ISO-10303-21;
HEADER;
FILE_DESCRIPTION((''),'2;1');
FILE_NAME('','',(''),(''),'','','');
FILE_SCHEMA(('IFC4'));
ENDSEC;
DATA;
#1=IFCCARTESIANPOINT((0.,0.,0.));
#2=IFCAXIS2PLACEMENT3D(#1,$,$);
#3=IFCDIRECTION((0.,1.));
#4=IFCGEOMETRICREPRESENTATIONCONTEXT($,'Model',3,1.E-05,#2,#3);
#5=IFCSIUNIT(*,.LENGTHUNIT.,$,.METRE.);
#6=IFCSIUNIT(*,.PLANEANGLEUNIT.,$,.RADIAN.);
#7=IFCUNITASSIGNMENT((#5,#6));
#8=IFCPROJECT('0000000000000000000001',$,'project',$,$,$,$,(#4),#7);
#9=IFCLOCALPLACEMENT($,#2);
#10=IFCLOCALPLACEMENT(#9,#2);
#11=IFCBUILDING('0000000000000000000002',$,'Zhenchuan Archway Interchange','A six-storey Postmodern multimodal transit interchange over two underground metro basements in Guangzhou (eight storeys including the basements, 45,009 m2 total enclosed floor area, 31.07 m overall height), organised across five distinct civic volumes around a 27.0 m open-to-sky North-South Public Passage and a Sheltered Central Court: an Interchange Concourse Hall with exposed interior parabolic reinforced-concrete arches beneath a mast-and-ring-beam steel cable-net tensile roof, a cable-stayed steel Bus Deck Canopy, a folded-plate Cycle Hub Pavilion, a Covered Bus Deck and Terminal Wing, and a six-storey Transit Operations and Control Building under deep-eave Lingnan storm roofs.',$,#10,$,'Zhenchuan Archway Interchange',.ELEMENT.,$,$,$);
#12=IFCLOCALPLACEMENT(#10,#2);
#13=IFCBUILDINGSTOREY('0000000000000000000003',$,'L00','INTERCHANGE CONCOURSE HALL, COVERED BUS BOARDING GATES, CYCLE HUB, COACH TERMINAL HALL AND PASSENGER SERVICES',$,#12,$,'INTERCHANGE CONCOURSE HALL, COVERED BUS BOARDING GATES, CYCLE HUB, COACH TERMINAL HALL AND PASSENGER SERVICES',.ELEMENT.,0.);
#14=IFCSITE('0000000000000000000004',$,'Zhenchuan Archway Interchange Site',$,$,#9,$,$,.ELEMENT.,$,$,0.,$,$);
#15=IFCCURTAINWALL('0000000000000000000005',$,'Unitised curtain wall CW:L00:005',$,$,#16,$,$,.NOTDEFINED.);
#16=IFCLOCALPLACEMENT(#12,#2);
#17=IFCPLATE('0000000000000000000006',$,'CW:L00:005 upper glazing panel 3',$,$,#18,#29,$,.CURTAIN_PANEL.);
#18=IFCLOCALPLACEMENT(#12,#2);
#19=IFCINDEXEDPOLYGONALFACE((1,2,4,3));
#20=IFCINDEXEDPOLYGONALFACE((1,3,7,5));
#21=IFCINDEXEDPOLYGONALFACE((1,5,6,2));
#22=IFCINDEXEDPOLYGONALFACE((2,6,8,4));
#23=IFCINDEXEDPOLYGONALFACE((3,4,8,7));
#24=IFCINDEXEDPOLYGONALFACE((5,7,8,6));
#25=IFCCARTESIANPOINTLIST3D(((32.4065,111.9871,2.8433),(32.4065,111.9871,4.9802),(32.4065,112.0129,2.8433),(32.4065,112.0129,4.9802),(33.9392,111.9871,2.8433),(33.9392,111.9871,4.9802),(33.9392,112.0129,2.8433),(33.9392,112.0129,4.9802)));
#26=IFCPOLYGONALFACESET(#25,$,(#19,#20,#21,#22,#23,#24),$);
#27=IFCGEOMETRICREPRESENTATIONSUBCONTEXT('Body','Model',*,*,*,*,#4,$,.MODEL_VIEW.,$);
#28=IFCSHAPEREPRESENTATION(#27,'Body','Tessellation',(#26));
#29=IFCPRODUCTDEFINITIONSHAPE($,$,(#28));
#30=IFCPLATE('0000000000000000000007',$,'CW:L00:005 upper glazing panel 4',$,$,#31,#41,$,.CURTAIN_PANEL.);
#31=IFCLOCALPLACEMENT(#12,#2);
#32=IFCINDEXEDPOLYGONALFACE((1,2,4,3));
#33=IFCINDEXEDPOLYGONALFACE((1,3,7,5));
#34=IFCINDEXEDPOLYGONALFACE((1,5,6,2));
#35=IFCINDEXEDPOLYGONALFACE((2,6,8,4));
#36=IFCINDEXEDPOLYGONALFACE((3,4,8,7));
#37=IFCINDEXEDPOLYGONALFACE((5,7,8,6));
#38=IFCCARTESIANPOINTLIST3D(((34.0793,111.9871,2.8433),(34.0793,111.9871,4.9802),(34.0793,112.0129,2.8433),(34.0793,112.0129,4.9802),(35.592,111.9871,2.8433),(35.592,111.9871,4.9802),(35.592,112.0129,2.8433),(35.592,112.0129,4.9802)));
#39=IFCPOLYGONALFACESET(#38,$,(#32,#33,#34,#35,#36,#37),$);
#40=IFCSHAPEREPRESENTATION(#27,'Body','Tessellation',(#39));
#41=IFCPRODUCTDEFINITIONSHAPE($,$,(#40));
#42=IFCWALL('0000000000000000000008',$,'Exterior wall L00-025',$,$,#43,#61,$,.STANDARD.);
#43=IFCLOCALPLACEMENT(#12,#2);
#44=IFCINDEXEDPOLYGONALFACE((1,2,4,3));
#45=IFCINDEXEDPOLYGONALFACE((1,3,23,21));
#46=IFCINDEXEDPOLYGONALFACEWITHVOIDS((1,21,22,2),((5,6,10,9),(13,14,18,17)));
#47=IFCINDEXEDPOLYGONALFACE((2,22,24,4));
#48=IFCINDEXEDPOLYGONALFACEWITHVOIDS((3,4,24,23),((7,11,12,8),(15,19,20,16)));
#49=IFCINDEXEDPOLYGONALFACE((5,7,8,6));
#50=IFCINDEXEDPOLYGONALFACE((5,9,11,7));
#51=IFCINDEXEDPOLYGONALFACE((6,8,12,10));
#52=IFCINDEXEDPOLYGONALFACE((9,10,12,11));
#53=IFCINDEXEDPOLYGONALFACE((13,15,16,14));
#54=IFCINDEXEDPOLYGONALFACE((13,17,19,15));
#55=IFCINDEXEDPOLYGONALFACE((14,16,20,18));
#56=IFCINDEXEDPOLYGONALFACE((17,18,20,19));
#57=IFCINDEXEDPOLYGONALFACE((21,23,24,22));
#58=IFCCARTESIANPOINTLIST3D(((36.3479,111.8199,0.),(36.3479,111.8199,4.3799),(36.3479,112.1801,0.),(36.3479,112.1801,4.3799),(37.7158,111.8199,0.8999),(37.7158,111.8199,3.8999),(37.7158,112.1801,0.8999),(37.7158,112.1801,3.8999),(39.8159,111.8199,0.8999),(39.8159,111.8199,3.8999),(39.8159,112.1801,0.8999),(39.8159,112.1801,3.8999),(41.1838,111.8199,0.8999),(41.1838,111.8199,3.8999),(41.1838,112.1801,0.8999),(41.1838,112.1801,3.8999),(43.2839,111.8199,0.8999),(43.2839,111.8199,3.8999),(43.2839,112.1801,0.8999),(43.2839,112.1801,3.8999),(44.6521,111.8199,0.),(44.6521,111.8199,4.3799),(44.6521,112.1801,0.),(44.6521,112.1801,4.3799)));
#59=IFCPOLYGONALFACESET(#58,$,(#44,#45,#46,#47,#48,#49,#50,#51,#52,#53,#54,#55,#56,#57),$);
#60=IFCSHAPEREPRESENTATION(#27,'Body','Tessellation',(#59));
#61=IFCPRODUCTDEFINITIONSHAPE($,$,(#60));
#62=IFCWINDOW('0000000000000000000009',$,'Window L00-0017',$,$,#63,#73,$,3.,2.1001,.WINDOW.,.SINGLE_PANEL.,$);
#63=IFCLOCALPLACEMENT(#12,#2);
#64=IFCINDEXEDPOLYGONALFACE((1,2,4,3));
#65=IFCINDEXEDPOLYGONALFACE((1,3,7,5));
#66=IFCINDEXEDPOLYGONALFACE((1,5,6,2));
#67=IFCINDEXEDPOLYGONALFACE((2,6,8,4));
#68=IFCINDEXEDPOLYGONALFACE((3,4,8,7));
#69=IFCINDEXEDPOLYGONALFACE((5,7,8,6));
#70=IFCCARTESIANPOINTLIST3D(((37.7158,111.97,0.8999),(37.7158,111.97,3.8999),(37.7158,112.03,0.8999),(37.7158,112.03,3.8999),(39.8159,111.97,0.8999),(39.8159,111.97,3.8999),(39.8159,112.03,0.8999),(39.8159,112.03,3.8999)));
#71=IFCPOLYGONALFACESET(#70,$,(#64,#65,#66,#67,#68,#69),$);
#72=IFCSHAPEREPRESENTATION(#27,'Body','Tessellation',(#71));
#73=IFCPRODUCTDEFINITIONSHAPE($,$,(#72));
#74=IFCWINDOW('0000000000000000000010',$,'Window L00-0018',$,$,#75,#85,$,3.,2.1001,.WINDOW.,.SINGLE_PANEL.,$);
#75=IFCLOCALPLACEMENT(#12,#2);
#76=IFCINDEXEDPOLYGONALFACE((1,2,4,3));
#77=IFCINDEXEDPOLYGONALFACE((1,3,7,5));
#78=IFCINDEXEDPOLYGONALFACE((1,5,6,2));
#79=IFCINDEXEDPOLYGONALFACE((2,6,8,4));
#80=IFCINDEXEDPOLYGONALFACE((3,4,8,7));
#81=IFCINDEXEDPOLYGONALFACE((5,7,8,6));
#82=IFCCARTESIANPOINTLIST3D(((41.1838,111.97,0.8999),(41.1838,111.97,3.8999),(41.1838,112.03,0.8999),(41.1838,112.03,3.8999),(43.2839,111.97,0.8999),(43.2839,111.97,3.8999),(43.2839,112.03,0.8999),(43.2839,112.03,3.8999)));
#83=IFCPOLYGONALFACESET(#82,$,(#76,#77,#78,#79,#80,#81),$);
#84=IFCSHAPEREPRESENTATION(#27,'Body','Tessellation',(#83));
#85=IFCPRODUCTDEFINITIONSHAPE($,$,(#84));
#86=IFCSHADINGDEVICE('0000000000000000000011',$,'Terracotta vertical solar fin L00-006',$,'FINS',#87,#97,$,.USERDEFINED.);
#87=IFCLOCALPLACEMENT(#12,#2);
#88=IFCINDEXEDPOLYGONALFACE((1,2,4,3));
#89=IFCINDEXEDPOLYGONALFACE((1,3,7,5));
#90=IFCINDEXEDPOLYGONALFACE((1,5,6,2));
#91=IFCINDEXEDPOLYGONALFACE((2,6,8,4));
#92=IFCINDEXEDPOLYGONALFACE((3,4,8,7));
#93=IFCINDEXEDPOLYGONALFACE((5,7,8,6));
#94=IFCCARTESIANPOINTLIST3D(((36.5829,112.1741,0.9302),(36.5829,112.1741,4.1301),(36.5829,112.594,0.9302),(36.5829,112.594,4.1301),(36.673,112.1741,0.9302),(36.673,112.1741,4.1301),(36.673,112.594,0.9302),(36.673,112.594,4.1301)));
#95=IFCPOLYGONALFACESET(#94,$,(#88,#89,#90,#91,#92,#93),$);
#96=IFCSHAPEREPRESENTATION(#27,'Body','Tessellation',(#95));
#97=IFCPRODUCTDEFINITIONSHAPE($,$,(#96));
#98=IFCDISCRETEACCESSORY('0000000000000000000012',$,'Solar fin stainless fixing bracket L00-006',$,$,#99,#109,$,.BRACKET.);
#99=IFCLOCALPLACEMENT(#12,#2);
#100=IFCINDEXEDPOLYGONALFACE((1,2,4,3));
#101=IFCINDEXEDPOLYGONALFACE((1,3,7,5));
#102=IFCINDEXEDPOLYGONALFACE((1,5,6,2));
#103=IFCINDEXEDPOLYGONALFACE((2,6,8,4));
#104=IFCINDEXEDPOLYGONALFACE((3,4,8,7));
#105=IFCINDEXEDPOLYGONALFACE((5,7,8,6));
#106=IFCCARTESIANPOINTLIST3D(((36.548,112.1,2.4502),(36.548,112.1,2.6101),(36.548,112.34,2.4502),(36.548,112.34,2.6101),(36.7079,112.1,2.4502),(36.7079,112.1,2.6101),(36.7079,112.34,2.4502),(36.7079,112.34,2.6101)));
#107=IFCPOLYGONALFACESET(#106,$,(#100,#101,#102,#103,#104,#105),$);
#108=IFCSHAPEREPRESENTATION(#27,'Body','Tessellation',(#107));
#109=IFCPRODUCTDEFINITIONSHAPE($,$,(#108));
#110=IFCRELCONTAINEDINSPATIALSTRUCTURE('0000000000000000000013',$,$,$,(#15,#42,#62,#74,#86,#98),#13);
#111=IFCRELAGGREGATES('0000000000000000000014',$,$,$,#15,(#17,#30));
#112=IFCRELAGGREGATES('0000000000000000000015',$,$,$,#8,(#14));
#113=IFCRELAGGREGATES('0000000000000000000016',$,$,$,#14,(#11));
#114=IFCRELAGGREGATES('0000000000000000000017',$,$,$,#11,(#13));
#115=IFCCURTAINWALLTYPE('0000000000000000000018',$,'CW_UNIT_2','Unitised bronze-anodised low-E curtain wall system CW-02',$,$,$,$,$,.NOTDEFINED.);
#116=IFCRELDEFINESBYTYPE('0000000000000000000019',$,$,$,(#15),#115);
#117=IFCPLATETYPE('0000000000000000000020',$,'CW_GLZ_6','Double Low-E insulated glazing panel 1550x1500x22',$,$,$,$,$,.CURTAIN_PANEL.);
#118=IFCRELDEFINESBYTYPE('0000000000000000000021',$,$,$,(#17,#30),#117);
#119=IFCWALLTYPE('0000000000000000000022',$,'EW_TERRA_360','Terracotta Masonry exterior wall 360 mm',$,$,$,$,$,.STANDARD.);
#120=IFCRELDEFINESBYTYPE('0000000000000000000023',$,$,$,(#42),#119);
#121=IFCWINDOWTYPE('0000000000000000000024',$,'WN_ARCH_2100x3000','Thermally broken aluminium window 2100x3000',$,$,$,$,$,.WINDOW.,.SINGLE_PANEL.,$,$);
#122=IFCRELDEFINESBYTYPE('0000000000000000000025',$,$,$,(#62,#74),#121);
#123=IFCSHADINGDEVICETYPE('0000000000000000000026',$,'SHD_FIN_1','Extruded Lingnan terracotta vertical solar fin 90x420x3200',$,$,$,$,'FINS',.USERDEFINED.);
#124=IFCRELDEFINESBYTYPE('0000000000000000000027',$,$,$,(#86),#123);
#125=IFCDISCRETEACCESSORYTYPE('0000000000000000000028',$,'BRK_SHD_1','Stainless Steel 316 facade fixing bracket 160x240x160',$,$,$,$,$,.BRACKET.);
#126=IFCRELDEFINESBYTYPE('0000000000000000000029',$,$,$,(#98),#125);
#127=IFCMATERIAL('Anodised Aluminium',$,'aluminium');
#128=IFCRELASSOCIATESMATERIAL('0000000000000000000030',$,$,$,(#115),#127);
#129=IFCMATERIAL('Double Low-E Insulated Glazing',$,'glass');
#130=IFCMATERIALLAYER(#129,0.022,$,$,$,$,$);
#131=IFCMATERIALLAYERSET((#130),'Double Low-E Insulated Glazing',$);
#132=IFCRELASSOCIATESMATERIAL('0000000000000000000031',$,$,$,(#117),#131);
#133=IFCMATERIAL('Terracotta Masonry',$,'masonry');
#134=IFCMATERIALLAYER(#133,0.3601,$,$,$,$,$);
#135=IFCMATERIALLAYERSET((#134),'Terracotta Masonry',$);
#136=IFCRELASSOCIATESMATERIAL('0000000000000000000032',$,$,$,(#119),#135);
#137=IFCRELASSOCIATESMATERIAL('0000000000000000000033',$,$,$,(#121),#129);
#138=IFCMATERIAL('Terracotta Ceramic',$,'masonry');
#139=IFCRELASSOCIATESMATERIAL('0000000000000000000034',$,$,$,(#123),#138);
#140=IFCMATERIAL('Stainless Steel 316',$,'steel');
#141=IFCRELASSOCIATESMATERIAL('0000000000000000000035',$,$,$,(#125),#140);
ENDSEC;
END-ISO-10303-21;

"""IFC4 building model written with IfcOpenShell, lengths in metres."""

from ifc_helpers import new_model, si_unit, direction, frame, frame_2d, origin, origin_2d, place, context, subcontext, project, spatial, rectangle, extrude, material, layer, layer_set, type_object, element, fill, aggregate, save


model = new_model("IFC4")

# Units and contexts
model_context = context("Model", 3, precision=1e-05, world=origin(), true_north=direction((0.0, 1.0)))
body_context = subcontext(model_context, "Body", "Model", "MODEL_VIEW")
ifc_project = project(units=[si_unit("LENGTHUNIT", "METRE"), si_unit("PLANEANGLEUNIT", "RADIAN")], contexts=[model_context])

# Site, building, storey
site_placement = place(None, origin())
site = spatial("IfcSite", under=ifc_project, at=site_placement, Name="Zhenchuan Archway Interchange Site", CompositionType="ELEMENT", RefElevation=0.0)
building_placement = place(site_placement, origin())
building = spatial("IfcBuilding", under=site, at=building_placement, Name="Zhenchuan Archway Interchange", Description="A six-storey Postmodern multimodal transit interchange over two underground metro basements in Guangzhou (eight storeys including the basements, 45,009 m2 total enclosed floor area, 31.07 m overall height), organised across five distinct civic volumes around a 27.0 m open-to-sky North-South Public Passage and a Sheltered Central Court: an Interchange Concourse Hall with exposed interior parabolic reinforced-concrete arches beneath a mast-and-ring-beam steel cable-net tensile roof, a cable-stayed steel Bus Deck Canopy, a folded-plate Cycle Hub Pavilion, a Covered Bus Deck and Terminal Wing, and a six-storey Transit Operations and Control Building under deep-eave Lingnan storm roofs.", LongName="Zhenchuan Archway Interchange", CompositionType="ELEMENT")
storey_placement = place(building_placement, origin())
storey = spatial("IfcBuildingStorey", under=building, at=storey_placement, Name="L00", Description="INTERCHANGE CONCOURSE HALL, COVERED BUS BOARDING GATES, CYCLE HUB, COACH TERMINAL HALL AND PASSENGER SERVICES", LongName="INTERCHANGE CONCOURSE HALL, COVERED BUS BOARDING GATES, CYCLE HUB, COACH TERMINAL HALL AND PASSENGER SERVICES", CompositionType="ELEMENT", Elevation=0.0)

# Curtain wall
ifc_material_1 = material(Name="Anodised Aluminium", Category="aluminium")
curtain_wall_type = type_object("IfcCurtainWallType", Name="CW_UNIT_2", Description="Unitised bronze-anodised low-E curtain wall system CW-02", PredefinedType="NOTDEFINED", material=ifc_material_1)
curtain_wall_placement = place(storey_placement, origin())
curtain_wall = element("IfcCurtainWall", 1, at=curtain_wall_placement, inside=storey, type_object=curtain_wall_type, Name="Unitised curtain wall CW:L00:005", PredefinedType="NOTDEFINED")

# Plates
ifc_material_2 = material(Name="Double Low-E Insulated Glazing", Category="glass")
ifc_layer_1 = layer(ifc_material_2, 0.022)
ifc_layer_set_1 = layer_set([ifc_layer_1], Name="Double Low-E Insulated Glazing")
plate_type_1 = type_object("IfcPlateType", Name="CW_GLZ_6", Description="Double Low-E insulated glazing panel 1550x1500x22", PredefinedType="CURTAIN_PANEL", material=ifc_layer_set_1)
plate_1_placement = place(storey_placement, frame((33.1729, 112.0, 2.8433), z_axis=(0.0, 0.0, 1.0), x_axis=(1.0, 0.0, 0.0)))
plate_1 = element("IfcPlate", 2, at=plate_1_placement, type_object=plate_type_1, Name="CW:L00:005 upper glazing panel 3", PredefinedType="CURTAIN_PANEL", context=body_context, shape_type="SweptSolid", body=[
    extrude(rectangle(XDim=1.5327, YDim=0.0259, at=origin_2d()), origin(), (0.0, 0.0, 1.0), 2.137),
])
plate_2_placement = place(storey_placement, frame((34.8357, 112.0, 2.8433), z_axis=(0.0, 0.0, 1.0), x_axis=(1.0, 0.0, 0.0)))
plate_2 = element("IfcPlate", 3, at=plate_2_placement, type_object=plate_type_1, Name="CW:L00:005 upper glazing panel 4", PredefinedType="CURTAIN_PANEL", context=body_context, shape_type="SweptSolid", body=[
    extrude(rectangle(XDim=1.5127, YDim=0.0259, at=origin_2d()), origin(), (0.0, 0.0, 1.0), 2.137),
])
aggregate(curtain_wall, [plate_1, plate_2])

# Wall, openings, windows
ifc_material_3 = material(Name="Terracotta Masonry", Category="masonry")
ifc_layer_2 = layer(ifc_material_3, 0.3601)
ifc_layer_set_2 = layer_set([ifc_layer_2], Name="Terracotta Masonry")
wall_type = type_object("IfcWallType", Name="EW_TERRA_360", Description="Terracotta Masonry exterior wall 360 mm", PredefinedType="STANDARD", material=ifc_layer_set_2)
wall_placement = place(storey_placement, frame((36.3479, 112.0, 0.0), z_axis=(0.0, 0.0, 1.0), x_axis=(1.0, 0.0, 0.0)))
wall = element("IfcWall", 4, at=wall_placement, inside=storey, type_object=wall_type, Name="Exterior wall L00-025", PredefinedType="STANDARD", context=body_context, shape_type="SweptSolid", body=[
    extrude(rectangle(XDim=8.3042, YDim=0.3601, at=frame_2d((4.1521, 0.0))), origin(), (0.0, 0.0, 1.0), 4.3799),
])
opening_1_placement = place(wall_placement, frame((1.3679, 0.0, 0.8999)))
opening_1 = element("IfcOpeningElement", 5, at=opening_1_placement, cuts=wall, PredefinedType="OPENING", context=body_context, shape_type="SweptSolid", body=[
    extrude(rectangle(XDim=2.1001, YDim=3.0, at=frame_2d((1.05, 1.5))), frame((0.0, 0.1919, 0.0), z_axis=(0.0, -1.0, 0.0), x_axis=(1.0, 0.0, 0.0)), (0.0, 0.0, 1.0), 0.384),
])
opening_2_placement = place(wall_placement, frame((4.8359, 0.0, 0.8999)))
opening_2 = element("IfcOpeningElement", 6, at=opening_2_placement, cuts=wall, PredefinedType="OPENING", context=body_context, shape_type="SweptSolid", body=[
    extrude(rectangle(XDim=2.1001, YDim=3.0, at=frame_2d((1.05, 1.5))), frame((0.0, 0.1919, 0.0), z_axis=(0.0, -1.0, 0.0), x_axis=(1.0, 0.0, 0.0)), (0.0, 0.0, 1.0), 0.384),
])
window_type = type_object("IfcWindowType", Name="WN_ARCH_2100x3000", Description="Thermally broken aluminium window 2100x3000", PartitioningType="SINGLE_PANEL", PredefinedType="WINDOW", material=ifc_material_2)
window_1_placement = place(opening_1_placement, origin())
window_1 = element("IfcWindow", 7, at=window_1_placement, inside=storey, type_object=window_type, Name="Window L00-0017", OverallHeight=3.0, OverallWidth=2.1001, PartitioningType="SINGLE_PANEL", PredefinedType="WINDOW", context=body_context, shape_type="SweptSolid", body=[
    extrude(rectangle(XDim=2.1001, YDim=3.0, at=frame_2d((1.05, 1.5))), frame((0.0, 0.03, 0.0), z_axis=(0.0, -1.0, 0.0), x_axis=(1.0, 0.0, 0.0)), (0.0, 0.0, 1.0), 0.0601),
])
fill(opening_1, window_1)
window_2_placement = place(opening_2_placement, origin())
window_2 = element("IfcWindow", 8, at=window_2_placement, inside=storey, type_object=window_type, Name="Window L00-0018", OverallHeight=3.0, OverallWidth=2.1001, PartitioningType="SINGLE_PANEL", PredefinedType="WINDOW", context=body_context, shape_type="SweptSolid", body=[
    extrude(rectangle(XDim=2.1001, YDim=3.0, at=frame_2d((1.05, 1.5))), frame((0.0, 0.03, 0.0), z_axis=(0.0, -1.0, 0.0), x_axis=(1.0, 0.0, 0.0)), (0.0, 0.0, 1.0), 0.0601),
])
fill(opening_2, window_2)

# Shading device
ifc_material_4 = material(Name="Terracotta Ceramic", Category="masonry")
shading_device_type = type_object("IfcShadingDeviceType", Name="SHD_FIN_1", Description="Extruded Lingnan terracotta vertical solar fin 90x420x3200", ElementType="FINS", PredefinedType="USERDEFINED", material=ifc_material_4)
shading_device_placement = place(storey_placement, frame((36.6279, 112.384, 0.9302), z_axis=(0.0, 0.0, 1.0), x_axis=(1.0, 0.0, 0.0)))
element("IfcShadingDevice", 9, at=shading_device_placement, inside=storey, type_object=shading_device_type, Name="Terracotta vertical solar fin L00-006", ObjectType="FINS", PredefinedType="USERDEFINED", context=body_context, shape_type="SweptSolid", body=[
    extrude(rectangle(XDim=0.0901, YDim=0.4199, at=origin_2d()), origin(), (0.0, 0.0, 1.0), 3.2),
])

# Discrete accessory
ifc_material_5 = material(Name="Stainless Steel 316", Category="steel")
discrete_accessory_type = type_object("IfcDiscreteAccessoryType", Name="BRK_SHD_1", Description="Stainless Steel 316 facade fixing bracket 160x240x160", PredefinedType="BRACKET", material=ifc_material_5)
discrete_accessory_placement = place(storey_placement, frame((36.6279, 112.22, 2.4502), z_axis=(0.0, 0.0, 1.0), x_axis=(1.0, 0.0, 0.0)))
element("IfcDiscreteAccessory", 10, at=discrete_accessory_placement, inside=storey, type_object=discrete_accessory_type, Name="Solar fin stainless fixing bracket L00-006", PredefinedType="BRACKET", context=body_context, shape_type="SweptSolid", body=[
    extrude(rectangle(XDim=0.1599, YDim=0.24, at=origin_2d()), origin(), (0.0, 0.0, 1.0), 0.1599),
])

save(model, "model.ifc")
